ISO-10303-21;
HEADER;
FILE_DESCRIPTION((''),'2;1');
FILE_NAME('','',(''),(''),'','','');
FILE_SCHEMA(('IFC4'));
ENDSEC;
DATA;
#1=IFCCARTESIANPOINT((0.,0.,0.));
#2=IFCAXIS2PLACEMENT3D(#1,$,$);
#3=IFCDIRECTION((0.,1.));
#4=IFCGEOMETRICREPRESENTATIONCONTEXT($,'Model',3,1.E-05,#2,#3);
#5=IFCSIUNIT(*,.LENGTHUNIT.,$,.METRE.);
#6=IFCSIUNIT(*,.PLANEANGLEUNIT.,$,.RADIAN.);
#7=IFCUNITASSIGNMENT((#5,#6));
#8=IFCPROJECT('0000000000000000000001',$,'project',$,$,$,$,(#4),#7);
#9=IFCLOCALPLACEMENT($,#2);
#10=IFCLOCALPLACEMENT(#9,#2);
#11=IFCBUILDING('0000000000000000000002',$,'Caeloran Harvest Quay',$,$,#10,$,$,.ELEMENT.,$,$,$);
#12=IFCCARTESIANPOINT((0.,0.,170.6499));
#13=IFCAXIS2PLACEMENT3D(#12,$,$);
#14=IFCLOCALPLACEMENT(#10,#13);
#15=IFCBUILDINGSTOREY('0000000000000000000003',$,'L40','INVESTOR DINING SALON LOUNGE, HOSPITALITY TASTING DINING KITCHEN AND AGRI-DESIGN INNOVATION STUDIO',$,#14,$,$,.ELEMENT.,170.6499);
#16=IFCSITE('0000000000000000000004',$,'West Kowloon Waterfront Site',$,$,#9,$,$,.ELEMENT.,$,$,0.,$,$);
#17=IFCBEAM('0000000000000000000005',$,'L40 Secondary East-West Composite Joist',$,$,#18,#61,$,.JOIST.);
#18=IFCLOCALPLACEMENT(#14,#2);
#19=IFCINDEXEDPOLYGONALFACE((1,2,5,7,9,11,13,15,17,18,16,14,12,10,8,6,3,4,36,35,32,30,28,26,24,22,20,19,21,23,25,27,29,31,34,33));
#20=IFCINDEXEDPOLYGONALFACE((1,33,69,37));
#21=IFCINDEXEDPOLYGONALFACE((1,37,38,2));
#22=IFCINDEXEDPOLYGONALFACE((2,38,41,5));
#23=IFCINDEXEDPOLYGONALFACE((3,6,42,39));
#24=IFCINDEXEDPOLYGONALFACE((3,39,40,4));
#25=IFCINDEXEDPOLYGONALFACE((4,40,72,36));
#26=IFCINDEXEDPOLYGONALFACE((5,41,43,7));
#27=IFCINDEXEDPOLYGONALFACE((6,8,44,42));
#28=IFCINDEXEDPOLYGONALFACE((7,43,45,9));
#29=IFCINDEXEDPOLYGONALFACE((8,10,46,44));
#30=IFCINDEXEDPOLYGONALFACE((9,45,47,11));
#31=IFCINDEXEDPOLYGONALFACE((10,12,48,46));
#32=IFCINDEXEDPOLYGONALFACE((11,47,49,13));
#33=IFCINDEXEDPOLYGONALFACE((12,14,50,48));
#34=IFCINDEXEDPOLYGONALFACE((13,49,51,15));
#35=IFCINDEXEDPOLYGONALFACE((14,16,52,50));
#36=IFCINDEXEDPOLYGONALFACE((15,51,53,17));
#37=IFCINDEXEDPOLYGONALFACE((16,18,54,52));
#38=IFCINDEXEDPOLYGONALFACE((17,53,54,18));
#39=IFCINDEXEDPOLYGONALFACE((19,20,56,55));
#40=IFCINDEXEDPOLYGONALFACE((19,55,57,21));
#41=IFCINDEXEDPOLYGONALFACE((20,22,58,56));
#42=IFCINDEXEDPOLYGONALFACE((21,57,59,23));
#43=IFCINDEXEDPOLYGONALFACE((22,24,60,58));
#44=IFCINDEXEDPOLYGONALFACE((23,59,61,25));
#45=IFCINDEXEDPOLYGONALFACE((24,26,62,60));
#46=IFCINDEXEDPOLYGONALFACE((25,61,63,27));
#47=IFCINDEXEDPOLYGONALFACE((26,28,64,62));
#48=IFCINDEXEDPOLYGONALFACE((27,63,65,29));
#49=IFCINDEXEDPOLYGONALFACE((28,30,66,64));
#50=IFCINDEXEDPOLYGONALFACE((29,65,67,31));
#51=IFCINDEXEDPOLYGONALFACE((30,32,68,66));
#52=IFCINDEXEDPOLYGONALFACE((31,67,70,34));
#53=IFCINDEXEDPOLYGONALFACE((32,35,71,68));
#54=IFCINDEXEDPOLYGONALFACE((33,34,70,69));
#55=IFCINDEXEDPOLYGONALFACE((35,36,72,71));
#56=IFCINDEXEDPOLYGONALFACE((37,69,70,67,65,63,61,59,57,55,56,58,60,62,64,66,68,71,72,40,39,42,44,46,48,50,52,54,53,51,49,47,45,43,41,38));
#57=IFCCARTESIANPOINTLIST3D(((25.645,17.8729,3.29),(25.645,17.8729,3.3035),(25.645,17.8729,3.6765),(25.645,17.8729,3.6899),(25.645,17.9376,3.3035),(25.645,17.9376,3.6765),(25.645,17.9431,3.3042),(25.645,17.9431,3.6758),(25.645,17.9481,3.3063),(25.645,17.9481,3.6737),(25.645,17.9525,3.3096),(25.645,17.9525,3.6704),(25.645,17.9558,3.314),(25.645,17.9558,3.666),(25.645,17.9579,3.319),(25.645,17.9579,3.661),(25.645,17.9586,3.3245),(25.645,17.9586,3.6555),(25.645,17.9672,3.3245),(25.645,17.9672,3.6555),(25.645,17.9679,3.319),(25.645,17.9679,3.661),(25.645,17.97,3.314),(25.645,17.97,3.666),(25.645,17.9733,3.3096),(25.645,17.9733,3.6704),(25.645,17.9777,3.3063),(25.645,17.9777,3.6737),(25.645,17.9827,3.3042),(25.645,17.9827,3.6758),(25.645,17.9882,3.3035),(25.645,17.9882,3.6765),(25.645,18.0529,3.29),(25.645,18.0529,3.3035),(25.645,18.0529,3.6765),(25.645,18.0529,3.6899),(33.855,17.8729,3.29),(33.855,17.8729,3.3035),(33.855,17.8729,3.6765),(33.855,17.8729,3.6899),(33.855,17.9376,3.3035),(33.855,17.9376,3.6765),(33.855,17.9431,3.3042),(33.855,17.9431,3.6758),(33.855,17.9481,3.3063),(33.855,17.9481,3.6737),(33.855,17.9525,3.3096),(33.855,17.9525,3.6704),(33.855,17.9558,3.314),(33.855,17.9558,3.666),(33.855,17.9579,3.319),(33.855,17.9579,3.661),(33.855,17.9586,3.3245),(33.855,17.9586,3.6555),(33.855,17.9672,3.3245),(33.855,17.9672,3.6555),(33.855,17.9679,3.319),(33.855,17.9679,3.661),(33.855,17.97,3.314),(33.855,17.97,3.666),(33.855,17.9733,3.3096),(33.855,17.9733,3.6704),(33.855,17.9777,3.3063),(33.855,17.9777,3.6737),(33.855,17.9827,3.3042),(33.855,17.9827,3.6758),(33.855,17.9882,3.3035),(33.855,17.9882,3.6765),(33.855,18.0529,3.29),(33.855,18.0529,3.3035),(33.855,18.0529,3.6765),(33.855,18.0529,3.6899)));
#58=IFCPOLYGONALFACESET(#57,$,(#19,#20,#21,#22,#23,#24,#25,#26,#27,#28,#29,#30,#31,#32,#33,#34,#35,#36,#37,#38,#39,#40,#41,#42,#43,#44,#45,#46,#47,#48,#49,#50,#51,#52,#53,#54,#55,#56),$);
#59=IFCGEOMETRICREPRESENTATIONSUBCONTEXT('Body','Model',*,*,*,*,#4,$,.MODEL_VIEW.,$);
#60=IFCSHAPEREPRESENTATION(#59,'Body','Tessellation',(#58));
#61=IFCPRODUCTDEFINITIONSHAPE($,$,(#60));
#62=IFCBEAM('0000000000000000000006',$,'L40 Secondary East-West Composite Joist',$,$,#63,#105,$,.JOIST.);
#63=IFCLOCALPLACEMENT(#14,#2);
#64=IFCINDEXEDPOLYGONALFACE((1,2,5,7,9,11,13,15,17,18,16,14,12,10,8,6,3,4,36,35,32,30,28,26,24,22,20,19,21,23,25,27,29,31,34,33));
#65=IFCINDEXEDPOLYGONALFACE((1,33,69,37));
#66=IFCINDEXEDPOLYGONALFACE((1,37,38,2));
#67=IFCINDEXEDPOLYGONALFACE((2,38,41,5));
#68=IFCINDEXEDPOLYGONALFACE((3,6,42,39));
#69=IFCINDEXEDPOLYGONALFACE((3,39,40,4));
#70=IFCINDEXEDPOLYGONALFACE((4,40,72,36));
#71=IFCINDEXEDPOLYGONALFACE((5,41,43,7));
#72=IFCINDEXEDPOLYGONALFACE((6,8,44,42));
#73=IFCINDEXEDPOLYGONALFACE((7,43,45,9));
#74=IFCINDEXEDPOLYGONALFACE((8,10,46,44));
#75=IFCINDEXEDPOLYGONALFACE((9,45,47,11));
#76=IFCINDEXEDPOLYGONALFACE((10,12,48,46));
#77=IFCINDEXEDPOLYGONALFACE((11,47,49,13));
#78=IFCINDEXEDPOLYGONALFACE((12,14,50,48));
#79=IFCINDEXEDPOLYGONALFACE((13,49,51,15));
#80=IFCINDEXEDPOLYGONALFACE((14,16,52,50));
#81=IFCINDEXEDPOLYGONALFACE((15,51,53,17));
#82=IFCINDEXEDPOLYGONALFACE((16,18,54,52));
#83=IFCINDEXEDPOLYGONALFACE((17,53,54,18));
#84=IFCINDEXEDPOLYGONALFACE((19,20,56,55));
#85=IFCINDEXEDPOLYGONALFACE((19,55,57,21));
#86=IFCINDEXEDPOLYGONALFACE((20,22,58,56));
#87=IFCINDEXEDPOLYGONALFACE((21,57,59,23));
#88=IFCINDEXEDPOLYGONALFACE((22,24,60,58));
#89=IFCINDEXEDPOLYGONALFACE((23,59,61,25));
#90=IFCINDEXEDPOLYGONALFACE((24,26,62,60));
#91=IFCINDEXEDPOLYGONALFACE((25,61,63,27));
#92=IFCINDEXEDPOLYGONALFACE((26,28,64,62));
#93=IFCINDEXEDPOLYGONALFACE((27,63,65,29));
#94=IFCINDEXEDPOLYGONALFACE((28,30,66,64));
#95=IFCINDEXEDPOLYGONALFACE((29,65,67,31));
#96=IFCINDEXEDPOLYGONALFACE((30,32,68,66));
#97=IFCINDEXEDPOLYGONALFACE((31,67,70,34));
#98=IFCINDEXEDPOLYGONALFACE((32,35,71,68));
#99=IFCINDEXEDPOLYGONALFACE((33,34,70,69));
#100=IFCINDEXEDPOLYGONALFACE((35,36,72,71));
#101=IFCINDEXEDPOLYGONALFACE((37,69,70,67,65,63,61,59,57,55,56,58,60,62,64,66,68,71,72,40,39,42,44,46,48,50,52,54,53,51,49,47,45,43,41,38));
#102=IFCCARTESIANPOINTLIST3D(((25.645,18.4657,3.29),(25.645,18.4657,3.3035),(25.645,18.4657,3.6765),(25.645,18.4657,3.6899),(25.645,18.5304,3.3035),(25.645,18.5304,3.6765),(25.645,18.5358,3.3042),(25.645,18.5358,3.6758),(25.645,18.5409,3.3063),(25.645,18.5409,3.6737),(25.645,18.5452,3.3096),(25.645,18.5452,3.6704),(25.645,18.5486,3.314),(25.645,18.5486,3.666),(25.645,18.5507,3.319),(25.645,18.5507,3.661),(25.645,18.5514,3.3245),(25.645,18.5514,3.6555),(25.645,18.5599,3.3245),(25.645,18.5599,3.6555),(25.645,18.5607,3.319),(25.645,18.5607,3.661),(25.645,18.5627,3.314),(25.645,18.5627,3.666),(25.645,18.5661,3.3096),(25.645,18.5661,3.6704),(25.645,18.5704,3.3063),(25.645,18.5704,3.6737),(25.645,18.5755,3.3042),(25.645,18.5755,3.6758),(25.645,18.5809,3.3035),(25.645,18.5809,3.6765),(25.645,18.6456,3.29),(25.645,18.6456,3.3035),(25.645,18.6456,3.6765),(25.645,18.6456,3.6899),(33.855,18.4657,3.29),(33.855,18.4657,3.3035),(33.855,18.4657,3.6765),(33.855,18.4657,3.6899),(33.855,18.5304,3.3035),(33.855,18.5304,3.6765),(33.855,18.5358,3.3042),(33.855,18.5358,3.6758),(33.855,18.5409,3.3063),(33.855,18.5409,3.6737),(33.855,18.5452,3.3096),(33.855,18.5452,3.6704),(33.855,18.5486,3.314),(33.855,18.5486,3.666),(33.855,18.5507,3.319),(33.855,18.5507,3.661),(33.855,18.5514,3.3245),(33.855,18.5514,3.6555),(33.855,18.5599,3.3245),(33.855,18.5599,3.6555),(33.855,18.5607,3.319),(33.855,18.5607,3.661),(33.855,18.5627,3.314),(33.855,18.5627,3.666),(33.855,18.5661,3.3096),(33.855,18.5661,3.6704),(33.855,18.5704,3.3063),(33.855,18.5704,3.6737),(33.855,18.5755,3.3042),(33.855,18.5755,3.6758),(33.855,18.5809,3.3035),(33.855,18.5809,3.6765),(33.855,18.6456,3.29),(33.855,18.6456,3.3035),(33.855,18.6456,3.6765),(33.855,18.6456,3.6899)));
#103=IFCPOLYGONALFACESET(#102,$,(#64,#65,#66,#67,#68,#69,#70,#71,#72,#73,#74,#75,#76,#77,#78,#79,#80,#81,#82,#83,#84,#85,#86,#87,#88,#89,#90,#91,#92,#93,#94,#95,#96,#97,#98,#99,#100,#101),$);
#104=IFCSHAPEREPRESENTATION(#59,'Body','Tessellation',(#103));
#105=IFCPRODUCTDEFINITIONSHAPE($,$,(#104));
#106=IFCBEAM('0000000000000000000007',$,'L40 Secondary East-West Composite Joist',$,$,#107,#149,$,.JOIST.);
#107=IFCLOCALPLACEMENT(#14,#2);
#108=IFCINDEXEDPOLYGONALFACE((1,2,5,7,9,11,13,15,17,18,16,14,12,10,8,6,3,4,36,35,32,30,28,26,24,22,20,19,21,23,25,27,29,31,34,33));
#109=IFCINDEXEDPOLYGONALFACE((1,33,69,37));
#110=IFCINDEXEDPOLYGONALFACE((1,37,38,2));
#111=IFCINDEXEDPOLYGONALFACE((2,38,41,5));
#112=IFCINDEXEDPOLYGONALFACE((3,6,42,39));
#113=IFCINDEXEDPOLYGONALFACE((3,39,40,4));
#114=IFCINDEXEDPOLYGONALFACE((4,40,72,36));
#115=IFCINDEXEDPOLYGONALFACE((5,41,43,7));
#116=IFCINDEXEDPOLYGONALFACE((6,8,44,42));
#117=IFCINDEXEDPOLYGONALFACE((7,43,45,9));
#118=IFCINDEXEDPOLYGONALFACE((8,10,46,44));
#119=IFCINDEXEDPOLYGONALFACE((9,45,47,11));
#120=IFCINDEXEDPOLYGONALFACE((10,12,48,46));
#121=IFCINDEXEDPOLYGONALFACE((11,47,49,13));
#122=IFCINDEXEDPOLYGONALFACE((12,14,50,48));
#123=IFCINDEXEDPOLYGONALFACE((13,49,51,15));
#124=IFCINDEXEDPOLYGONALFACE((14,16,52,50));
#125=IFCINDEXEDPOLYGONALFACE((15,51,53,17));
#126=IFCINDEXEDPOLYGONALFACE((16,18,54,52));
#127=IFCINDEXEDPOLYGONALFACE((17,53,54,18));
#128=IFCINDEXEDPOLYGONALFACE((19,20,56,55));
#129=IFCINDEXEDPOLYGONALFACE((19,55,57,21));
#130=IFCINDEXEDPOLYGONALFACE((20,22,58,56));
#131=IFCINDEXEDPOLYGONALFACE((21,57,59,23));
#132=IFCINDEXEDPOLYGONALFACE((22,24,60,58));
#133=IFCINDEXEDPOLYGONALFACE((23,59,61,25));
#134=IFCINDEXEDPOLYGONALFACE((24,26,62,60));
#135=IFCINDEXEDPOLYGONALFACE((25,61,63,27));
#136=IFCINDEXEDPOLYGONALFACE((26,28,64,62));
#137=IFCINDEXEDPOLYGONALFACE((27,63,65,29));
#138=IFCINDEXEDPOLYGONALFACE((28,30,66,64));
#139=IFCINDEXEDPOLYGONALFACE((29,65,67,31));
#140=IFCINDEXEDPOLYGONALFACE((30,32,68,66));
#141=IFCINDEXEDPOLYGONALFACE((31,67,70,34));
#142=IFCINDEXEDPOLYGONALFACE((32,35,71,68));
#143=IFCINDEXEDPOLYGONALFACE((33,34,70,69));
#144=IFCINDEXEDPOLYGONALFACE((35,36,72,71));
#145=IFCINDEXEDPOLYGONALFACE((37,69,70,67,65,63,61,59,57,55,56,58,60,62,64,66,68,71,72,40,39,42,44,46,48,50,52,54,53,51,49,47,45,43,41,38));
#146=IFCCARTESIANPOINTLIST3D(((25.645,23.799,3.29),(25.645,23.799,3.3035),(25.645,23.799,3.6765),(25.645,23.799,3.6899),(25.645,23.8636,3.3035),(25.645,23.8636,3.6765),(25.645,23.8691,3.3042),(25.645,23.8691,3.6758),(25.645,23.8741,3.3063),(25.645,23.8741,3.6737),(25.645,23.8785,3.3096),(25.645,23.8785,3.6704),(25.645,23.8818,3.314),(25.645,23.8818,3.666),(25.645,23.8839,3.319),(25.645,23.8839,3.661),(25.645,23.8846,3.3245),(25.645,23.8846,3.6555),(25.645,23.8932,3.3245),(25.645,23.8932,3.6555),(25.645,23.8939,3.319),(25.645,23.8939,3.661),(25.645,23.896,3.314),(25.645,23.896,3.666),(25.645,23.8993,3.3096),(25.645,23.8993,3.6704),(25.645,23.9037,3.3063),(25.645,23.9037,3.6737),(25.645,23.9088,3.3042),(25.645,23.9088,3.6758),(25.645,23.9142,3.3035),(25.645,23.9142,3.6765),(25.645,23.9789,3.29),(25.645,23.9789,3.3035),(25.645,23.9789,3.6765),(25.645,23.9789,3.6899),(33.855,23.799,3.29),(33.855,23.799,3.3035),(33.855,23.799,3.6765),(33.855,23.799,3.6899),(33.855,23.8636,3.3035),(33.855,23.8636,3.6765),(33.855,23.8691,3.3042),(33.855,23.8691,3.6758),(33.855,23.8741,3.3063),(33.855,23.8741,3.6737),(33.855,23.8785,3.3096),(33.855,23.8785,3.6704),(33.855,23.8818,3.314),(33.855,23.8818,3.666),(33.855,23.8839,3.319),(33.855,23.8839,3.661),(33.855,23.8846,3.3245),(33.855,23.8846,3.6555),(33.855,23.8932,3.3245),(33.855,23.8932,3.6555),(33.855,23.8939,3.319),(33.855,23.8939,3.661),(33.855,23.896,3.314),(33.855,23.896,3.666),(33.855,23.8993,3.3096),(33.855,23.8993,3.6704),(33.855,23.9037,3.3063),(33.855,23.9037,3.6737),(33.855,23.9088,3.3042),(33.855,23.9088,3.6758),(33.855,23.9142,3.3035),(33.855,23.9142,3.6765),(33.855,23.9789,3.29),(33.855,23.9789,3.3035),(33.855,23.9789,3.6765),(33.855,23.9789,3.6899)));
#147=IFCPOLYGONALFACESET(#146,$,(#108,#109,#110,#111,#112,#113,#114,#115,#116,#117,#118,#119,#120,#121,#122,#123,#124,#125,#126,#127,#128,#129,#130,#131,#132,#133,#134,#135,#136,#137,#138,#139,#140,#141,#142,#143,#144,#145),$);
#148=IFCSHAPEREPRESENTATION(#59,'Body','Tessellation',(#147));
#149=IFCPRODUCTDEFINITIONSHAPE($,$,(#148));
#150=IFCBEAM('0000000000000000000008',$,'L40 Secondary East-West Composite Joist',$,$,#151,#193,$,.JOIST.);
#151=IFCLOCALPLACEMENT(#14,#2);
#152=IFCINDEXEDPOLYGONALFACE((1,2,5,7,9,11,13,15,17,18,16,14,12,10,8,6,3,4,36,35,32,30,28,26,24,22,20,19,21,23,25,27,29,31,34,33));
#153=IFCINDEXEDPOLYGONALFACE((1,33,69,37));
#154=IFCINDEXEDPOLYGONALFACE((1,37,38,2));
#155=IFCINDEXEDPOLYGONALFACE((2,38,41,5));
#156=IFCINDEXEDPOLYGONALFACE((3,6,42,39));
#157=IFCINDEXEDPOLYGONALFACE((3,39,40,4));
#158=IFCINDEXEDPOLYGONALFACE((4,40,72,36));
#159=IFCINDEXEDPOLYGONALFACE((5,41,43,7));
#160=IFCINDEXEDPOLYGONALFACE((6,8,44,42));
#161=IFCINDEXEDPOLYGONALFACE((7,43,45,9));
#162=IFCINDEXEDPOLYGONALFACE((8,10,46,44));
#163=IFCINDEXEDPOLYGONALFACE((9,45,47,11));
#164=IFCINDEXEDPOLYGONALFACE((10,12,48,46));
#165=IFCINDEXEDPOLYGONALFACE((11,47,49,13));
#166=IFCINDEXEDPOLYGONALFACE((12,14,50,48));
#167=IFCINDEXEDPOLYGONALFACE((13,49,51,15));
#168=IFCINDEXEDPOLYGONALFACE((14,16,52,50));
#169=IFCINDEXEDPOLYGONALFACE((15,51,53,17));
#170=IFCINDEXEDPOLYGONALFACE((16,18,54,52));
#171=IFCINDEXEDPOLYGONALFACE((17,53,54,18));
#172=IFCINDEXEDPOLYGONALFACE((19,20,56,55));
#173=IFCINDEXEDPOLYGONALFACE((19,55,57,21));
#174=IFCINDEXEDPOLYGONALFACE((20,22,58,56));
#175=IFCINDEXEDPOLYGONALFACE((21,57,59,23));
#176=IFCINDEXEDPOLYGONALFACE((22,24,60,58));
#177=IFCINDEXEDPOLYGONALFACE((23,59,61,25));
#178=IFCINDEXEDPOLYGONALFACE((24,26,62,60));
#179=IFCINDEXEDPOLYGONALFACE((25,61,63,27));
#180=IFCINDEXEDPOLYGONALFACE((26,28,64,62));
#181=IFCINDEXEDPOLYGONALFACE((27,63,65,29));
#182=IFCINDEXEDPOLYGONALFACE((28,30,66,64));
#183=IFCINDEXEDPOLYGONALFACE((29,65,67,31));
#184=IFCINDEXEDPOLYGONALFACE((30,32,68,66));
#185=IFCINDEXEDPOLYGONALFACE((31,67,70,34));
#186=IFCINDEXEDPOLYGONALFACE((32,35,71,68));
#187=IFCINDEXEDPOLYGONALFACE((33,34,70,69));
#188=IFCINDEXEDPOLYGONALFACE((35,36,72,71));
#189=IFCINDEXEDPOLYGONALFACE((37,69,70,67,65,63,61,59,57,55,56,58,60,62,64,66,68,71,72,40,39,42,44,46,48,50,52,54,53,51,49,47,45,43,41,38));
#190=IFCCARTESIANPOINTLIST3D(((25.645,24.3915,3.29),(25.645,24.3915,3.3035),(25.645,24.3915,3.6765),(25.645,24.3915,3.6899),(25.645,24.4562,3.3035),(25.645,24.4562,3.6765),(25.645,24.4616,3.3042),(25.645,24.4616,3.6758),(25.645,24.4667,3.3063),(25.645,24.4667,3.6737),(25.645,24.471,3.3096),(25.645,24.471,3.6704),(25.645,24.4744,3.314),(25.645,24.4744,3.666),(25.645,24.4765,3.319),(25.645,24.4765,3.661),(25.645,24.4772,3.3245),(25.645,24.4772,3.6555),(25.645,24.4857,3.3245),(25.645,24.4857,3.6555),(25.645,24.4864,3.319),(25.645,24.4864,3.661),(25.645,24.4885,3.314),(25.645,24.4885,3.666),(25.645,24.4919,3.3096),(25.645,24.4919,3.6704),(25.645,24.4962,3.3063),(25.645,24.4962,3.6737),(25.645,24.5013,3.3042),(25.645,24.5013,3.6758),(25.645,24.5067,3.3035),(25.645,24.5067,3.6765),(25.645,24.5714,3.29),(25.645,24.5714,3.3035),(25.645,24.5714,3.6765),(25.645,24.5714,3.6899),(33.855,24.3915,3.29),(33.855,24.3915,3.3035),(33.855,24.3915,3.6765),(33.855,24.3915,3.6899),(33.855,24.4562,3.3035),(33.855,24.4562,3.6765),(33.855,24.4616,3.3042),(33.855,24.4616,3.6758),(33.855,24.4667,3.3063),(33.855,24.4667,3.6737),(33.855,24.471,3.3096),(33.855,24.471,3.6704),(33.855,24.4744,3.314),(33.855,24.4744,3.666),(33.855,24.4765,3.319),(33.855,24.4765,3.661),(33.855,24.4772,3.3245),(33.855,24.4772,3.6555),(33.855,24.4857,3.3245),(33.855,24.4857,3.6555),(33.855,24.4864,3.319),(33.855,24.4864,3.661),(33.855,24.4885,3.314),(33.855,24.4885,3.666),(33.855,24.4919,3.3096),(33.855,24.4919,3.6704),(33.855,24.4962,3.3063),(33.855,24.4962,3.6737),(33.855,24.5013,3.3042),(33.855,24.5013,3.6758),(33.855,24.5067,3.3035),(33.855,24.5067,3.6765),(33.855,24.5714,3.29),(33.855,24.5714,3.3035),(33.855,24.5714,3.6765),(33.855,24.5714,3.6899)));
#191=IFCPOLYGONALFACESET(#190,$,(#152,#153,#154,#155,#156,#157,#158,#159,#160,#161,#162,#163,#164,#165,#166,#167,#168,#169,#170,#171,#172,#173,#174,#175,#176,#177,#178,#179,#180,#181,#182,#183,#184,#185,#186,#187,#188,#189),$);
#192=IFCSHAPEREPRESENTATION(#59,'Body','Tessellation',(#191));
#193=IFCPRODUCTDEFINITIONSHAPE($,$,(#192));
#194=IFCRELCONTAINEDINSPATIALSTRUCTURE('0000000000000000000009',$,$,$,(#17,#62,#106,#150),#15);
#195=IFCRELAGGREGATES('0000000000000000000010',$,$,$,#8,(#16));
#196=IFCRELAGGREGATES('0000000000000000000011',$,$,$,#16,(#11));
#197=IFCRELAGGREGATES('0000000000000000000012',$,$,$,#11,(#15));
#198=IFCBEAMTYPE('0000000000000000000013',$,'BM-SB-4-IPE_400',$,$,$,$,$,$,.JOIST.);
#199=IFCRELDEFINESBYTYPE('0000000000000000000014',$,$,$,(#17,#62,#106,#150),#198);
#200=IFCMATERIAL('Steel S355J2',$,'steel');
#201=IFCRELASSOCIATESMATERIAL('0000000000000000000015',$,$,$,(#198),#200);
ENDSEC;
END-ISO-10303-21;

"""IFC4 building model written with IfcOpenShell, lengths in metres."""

from ifc_helpers import new_model, si_unit, direction, frame, origin, origin_2d, place, context, subcontext, project, spatial, i_section, extrude, material, material_profile, profile_set, type_object, element, save


model = new_model("IFC4")

# Units and contexts
model_context = context("Model", 3, precision=1e-05, world=origin(), true_north=direction((0.0, 1.0)))
body_context = subcontext(model_context, "Body", "Model", "MODEL_VIEW")
ifc_project = project(units=[si_unit("LENGTHUNIT", "METRE"), si_unit("PLANEANGLEUNIT", "RADIAN")], contexts=[model_context])

# Site, building, storey
site_placement = place(None, origin())
site = spatial("IfcSite", under=ifc_project, at=site_placement, Name="West Kowloon Waterfront Site", CompositionType="ELEMENT", RefElevation=0.0)
building_placement = place(site_placement, origin())
building = spatial("IfcBuilding", under=site, at=building_placement, Name="Caeloran Harvest Quay", CompositionType="ELEMENT")
storey_placement = place(building_placement, frame((0.0, 0.0, 170.6499)))
storey = spatial("IfcBuildingStorey", under=building, at=storey_placement, Name="L40", Description="INVESTOR DINING SALON LOUNGE, HOSPITALITY TASTING DINING KITCHEN AND AGRI-DESIGN INNOVATION STUDIO", CompositionType="ELEMENT", Elevation=170.6499)

# Beams
ifc_material_1 = material(Name="Steel S355J2", Category="steel")
ifc_material_profile_1 = material_profile(ifc_material_1, i_section(OverallWidth=0.1799, OverallDepth=0.3999, WebThickness=0.0085, FlangeThickness=0.0134, FilletRadius=0.021, at=origin_2d()), Name="IPE 400")
ifc_profile_set_1 = profile_set([ifc_material_profile_1], Name="Steel S355J2")
beam_type_1 = type_object("IfcBeamType", Name="BM-SB-4-IPE_400", PredefinedType="JOIST", material=ifc_profile_set_1)
for number, where, z_axis, x_axis, name in (
    (1, (25.645, 17.9629, 3.49), (1.0, 0.0, 0.0), (0.0, 1.0, 0.0), "L40 Secondary East-West Composite Joist"),
    (2, (25.645, 18.5557, 3.49), (1.0, 0.0, 0.0), (0.0, 1.0, 0.0), "L40 Secondary East-West Composite Joist"),
    (3, (25.645, 23.8889, 3.49), (1.0, 0.0, 0.0), (0.0, 1.0, 0.0), "L40 Secondary East-West Composite Joist"),
    (4, (25.645, 24.4814, 3.49), (1.0, 0.0, 0.0), (0.0, 1.0, 0.0), "L40 Secondary East-West Composite Joist"),
):
    element("IfcBeam", number, at=place(storey_placement, frame(where, z_axis=z_axis, x_axis=x_axis)), inside=storey, type_object=beam_type_1, Name=name, PredefinedType="JOIST", context=body_context, shape_type="SweptSolid", body=[
        extrude(i_section(OverallWidth=0.1799, OverallDepth=0.3999, WebThickness=0.0085, FlangeThickness=0.0134, FilletRadius=0.021, at=origin_2d()), origin(), (0.0, 0.0, 1.0), 8.21),
    ])

save(model, "model.ifc")
